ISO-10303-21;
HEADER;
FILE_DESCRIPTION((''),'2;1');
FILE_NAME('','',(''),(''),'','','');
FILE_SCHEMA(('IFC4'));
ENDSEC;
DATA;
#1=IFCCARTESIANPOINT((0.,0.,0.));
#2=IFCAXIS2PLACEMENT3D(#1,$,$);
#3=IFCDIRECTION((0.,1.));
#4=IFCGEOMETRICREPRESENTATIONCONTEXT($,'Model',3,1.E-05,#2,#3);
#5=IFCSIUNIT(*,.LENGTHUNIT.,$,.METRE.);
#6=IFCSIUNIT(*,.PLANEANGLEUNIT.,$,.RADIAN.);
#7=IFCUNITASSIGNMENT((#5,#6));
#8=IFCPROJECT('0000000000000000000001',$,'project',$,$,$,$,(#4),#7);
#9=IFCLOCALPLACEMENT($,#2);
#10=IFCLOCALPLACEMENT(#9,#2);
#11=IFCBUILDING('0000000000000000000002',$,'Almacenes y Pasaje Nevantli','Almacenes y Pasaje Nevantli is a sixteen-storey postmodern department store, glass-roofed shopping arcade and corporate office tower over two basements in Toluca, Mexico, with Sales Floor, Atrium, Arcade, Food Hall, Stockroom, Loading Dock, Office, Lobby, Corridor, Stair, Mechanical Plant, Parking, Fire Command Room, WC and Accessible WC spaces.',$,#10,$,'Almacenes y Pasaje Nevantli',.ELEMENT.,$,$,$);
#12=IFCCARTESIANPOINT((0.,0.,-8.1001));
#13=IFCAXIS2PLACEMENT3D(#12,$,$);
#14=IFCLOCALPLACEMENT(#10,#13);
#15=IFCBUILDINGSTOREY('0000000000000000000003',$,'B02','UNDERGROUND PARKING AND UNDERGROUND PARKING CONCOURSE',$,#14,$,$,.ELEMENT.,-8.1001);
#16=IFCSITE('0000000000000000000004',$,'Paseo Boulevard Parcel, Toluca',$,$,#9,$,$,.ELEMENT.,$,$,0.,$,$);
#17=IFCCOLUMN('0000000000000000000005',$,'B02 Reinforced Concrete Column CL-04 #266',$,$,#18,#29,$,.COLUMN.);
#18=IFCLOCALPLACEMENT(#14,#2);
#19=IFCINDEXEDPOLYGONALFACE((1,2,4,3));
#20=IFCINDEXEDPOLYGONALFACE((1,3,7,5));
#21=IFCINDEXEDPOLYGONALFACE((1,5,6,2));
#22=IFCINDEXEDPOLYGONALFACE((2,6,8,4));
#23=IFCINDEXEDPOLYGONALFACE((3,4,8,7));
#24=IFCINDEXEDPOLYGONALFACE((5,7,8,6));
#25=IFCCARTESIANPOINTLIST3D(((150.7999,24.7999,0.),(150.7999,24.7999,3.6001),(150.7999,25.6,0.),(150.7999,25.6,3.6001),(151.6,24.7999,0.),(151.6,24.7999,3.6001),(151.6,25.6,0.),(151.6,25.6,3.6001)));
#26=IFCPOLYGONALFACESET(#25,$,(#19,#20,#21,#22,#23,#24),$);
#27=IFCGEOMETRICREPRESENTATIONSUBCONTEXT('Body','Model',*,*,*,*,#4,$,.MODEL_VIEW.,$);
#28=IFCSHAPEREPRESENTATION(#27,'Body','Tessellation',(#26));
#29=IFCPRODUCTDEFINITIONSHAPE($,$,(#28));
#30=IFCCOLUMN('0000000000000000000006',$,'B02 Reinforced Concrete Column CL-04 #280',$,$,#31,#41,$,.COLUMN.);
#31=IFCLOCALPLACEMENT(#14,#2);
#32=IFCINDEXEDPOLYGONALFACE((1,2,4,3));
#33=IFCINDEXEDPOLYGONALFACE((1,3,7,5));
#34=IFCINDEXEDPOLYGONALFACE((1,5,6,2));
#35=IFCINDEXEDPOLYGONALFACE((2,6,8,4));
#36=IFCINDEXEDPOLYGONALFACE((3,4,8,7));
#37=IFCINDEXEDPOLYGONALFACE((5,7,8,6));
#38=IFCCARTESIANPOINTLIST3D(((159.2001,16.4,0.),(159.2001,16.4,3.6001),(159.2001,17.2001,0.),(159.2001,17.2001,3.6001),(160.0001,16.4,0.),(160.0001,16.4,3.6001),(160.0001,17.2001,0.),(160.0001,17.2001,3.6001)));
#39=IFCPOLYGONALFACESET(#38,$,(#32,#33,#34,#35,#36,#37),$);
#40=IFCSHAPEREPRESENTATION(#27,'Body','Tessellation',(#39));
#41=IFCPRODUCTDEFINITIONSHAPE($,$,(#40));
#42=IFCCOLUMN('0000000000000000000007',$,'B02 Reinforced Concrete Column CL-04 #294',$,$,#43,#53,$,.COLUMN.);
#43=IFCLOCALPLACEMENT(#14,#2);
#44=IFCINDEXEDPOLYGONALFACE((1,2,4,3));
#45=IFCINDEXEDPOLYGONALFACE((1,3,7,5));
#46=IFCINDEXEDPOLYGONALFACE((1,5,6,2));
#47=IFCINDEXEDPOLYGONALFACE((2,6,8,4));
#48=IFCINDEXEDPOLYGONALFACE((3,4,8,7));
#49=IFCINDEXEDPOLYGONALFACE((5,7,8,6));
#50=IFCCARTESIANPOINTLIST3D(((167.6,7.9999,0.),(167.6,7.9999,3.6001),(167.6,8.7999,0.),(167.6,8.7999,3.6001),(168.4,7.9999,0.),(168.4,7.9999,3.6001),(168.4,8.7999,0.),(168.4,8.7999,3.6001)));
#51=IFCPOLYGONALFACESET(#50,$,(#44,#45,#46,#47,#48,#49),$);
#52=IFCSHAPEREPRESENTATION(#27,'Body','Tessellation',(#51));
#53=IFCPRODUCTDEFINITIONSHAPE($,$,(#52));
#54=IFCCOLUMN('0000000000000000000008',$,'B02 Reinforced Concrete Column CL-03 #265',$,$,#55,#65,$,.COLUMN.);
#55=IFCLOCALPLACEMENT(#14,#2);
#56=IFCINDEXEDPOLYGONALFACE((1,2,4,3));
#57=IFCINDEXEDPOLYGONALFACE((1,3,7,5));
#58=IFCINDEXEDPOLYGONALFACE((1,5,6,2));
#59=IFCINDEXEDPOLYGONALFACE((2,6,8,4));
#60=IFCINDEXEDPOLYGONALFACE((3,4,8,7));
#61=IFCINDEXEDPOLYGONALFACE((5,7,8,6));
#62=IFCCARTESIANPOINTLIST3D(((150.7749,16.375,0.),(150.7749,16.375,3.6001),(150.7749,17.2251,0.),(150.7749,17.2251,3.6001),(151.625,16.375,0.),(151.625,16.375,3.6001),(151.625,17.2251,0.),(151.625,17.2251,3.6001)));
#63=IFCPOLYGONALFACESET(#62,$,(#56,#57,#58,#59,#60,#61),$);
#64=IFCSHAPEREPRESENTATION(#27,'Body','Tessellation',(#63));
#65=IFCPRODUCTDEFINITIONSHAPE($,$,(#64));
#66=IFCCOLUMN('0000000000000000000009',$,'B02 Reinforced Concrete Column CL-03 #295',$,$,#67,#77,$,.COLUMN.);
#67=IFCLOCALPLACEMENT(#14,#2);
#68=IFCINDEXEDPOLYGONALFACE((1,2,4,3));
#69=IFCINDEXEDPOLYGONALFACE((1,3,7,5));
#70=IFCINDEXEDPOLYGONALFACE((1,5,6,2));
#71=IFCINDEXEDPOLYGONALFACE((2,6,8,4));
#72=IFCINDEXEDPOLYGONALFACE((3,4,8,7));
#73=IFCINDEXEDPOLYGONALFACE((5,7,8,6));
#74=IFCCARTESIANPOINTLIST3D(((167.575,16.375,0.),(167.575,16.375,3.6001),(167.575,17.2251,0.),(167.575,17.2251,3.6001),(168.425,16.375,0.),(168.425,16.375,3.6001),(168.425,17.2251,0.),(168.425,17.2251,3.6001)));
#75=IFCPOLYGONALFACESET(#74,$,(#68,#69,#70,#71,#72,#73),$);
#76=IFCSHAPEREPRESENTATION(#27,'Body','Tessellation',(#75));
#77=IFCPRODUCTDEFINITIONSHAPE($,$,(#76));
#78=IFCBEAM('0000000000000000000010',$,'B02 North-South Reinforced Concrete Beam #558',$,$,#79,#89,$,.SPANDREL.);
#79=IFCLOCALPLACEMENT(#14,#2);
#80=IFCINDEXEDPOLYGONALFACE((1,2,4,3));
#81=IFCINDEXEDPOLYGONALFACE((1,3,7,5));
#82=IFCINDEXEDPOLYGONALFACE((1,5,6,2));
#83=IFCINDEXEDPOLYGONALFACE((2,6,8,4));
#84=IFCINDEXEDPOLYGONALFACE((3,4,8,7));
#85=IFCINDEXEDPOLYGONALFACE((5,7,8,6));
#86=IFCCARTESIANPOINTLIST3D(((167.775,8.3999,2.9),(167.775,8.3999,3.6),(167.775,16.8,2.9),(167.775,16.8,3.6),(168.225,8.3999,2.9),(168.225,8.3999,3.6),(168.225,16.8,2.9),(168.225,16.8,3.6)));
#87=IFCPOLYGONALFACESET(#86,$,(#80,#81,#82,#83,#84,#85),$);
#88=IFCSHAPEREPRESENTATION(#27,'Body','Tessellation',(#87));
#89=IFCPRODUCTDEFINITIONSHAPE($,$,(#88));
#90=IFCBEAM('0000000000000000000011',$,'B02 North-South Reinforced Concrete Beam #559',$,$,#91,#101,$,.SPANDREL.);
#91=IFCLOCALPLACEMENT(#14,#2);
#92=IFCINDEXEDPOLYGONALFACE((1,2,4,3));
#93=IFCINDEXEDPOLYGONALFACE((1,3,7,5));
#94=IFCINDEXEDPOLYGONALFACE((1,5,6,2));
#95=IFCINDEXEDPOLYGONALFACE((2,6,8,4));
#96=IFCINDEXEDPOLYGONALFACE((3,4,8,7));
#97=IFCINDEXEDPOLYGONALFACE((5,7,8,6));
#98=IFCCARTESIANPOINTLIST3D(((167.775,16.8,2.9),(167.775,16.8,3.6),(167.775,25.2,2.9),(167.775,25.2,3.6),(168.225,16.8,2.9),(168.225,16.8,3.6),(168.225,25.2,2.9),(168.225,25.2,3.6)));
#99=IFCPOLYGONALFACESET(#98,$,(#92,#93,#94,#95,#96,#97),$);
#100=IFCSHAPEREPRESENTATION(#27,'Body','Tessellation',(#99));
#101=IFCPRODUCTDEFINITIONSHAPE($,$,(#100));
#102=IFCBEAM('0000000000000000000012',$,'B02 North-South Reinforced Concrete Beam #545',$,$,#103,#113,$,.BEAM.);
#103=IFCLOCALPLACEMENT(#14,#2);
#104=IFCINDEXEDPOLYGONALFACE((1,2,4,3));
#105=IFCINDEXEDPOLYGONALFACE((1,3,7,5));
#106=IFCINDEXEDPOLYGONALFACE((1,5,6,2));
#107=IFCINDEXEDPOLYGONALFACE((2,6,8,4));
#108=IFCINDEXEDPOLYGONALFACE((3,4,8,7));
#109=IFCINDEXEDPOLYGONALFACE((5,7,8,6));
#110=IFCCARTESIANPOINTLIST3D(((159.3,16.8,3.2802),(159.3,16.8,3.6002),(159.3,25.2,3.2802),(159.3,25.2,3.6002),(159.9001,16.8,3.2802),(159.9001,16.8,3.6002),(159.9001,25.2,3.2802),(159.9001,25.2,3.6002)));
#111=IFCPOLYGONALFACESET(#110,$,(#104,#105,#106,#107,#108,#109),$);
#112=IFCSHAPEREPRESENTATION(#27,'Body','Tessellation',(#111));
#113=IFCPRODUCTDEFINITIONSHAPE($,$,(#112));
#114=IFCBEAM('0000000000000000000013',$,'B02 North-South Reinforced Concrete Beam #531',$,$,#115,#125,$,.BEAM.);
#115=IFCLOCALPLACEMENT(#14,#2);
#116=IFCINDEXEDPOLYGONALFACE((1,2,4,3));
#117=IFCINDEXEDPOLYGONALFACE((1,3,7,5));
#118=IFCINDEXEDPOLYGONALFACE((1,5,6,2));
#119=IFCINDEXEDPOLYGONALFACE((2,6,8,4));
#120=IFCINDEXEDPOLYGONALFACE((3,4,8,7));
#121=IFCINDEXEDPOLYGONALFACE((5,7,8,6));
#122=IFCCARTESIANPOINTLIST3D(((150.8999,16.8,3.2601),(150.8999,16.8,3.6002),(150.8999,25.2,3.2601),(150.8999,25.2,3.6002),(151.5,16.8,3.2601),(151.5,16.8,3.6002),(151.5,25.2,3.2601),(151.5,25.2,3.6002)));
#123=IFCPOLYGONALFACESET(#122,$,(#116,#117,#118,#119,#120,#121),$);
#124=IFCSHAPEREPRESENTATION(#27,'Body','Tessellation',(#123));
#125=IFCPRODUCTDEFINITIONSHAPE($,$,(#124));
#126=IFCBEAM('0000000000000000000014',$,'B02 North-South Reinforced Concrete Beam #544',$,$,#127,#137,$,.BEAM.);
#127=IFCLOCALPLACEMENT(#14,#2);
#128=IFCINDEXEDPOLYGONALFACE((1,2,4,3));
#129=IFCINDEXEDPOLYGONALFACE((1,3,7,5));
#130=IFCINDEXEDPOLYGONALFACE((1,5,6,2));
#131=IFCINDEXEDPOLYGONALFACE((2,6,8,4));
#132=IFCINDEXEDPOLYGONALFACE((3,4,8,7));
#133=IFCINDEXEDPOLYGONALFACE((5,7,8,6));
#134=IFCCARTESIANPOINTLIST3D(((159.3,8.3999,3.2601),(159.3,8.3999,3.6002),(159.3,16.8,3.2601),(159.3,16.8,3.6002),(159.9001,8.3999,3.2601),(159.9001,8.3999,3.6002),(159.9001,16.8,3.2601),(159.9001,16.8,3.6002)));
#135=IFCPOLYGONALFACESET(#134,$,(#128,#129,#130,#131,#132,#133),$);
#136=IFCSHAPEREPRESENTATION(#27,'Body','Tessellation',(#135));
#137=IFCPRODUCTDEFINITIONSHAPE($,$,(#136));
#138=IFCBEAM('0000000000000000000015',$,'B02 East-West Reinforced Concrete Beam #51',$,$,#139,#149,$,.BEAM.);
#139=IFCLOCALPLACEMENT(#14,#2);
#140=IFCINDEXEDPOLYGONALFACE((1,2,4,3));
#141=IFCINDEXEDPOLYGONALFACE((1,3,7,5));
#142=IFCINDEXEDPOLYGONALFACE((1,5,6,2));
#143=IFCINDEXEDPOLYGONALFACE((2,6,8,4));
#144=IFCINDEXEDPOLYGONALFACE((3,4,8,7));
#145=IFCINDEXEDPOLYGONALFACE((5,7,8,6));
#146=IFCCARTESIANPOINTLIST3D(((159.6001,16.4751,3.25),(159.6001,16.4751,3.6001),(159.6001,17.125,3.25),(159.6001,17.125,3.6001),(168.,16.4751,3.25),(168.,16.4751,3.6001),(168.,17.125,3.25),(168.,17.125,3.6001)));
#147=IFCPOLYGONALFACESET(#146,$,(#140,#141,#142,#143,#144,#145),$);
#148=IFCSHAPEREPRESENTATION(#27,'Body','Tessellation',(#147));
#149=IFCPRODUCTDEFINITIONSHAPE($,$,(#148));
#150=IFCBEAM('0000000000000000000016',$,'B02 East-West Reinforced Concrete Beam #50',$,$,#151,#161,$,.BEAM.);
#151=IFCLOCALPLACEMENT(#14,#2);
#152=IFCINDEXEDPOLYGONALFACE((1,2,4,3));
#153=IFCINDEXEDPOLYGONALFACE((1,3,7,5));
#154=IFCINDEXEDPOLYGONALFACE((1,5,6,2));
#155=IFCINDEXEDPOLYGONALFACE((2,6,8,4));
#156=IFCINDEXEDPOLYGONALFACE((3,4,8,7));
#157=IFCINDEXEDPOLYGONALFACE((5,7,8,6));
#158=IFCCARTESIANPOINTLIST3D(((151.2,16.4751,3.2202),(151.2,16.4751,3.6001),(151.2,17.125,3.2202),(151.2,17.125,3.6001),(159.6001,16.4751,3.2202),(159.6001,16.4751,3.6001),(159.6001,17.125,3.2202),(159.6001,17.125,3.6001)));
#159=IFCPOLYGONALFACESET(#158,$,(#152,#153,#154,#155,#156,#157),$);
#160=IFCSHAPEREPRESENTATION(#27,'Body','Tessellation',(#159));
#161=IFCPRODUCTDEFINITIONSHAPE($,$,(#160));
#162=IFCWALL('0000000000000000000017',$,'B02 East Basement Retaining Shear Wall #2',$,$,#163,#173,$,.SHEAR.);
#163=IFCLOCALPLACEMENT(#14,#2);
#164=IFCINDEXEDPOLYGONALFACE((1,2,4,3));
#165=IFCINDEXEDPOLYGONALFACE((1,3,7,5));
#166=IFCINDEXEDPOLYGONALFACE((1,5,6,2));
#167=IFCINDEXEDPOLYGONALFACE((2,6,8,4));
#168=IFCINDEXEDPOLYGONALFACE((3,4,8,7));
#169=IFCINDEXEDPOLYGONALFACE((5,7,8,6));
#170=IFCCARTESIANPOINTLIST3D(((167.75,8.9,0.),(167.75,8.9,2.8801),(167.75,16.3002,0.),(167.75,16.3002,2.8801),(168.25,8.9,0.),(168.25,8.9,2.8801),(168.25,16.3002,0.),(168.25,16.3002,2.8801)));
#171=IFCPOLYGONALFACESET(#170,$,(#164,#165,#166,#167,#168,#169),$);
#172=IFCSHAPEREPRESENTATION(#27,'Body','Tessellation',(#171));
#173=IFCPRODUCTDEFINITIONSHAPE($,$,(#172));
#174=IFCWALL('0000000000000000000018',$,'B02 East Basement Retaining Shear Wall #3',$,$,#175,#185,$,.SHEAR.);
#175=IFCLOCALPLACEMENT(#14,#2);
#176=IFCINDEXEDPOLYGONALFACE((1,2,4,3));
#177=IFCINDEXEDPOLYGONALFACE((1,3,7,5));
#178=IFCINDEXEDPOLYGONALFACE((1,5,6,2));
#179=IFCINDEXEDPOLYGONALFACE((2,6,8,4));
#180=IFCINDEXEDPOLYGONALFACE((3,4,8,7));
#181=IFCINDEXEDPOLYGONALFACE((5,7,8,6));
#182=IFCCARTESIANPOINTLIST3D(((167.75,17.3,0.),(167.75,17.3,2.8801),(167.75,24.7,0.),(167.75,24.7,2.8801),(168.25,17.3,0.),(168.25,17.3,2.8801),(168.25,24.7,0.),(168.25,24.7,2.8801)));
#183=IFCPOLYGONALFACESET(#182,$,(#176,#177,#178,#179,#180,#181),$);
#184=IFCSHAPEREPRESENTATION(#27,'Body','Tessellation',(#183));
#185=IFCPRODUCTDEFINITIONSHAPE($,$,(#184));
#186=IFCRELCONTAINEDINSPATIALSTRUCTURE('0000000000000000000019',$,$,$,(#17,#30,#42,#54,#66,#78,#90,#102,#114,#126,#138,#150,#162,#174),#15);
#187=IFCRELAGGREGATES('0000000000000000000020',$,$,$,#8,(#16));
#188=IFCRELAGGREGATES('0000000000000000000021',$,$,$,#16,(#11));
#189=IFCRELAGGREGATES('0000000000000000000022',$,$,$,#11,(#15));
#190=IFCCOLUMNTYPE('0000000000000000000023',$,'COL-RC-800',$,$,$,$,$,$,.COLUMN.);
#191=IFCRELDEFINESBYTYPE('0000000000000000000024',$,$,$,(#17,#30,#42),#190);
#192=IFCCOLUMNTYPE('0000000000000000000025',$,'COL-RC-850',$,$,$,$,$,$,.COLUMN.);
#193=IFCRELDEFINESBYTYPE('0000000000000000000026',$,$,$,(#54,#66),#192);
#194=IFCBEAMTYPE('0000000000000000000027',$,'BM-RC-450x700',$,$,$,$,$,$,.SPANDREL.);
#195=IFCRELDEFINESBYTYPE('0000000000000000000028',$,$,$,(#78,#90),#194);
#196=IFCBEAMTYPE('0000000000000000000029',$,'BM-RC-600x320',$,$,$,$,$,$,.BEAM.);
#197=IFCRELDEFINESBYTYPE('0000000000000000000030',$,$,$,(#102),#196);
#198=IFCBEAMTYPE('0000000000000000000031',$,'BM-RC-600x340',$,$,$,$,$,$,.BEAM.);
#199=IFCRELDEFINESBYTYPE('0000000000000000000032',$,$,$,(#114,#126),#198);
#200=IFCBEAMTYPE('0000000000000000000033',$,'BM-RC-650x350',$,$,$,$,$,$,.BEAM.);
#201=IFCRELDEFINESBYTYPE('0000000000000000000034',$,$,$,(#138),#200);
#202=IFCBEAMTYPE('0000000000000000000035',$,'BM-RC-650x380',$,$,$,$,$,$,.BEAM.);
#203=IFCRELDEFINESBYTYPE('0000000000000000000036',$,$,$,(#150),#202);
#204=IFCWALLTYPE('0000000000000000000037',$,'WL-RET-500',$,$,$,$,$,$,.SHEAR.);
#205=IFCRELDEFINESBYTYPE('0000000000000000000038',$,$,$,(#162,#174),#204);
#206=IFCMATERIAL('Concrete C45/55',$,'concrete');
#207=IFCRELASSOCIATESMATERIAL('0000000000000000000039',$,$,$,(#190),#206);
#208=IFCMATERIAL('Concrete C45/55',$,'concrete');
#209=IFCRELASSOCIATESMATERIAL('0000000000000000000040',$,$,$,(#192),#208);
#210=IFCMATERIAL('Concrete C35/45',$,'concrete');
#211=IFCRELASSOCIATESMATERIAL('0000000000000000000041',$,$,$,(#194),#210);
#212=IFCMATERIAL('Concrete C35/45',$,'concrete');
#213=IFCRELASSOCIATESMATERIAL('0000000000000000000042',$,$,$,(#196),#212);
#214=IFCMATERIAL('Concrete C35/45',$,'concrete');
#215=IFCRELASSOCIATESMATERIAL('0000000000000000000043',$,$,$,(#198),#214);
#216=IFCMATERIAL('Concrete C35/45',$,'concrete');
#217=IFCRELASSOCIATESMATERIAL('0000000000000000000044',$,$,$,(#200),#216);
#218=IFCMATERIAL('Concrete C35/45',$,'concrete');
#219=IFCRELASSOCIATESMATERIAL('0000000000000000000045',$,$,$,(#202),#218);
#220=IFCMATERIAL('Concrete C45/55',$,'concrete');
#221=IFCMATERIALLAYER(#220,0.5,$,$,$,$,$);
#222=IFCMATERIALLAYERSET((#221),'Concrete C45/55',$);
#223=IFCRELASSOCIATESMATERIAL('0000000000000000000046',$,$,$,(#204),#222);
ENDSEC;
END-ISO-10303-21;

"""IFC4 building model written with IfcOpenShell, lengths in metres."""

from ifc_helpers import new_model, si_unit, direction, frame, frame_2d, origin, origin_2d, place, context, subcontext, project, spatial, rectangle, extrude, material, layer, layer_set, material_profile, profile_set, type_object, element, save


model = new_model("IFC4")

# Units and contexts
model_context = context("Model", 3, precision=1e-05, world=origin(), true_north=direction((0.0, 1.0)))
body_context = subcontext(model_context, "Body", "Model", "MODEL_VIEW")
ifc_project = project(units=[si_unit("LENGTHUNIT", "METRE"), si_unit("PLANEANGLEUNIT", "RADIAN")], contexts=[model_context])

# Site, building, storey
site_placement = place(None, origin())
site = spatial("IfcSite", under=ifc_project, at=site_placement, Name="Paseo Boulevard Parcel, Toluca", CompositionType="ELEMENT", RefElevation=0.0)
building_placement = place(site_placement, origin())
building = spatial("IfcBuilding", under=site, at=building_placement, Name="Almacenes y Pasaje Nevantli", Description="Almacenes y Pasaje Nevantli is a sixteen-storey postmodern department store, glass-roofed shopping arcade and corporate office tower over two basements in Toluca, Mexico, with Sales Floor, Atrium, Arcade, Food Hall, Stockroom, Loading Dock, Office, Lobby, Corridor, Stair, Mechanical Plant, Parking, Fire Command Room, WC and Accessible WC spaces.", LongName="Almacenes y Pasaje Nevantli", CompositionType="ELEMENT")
storey_placement = place(building_placement, frame((0.0, 0.0, -8.1001)))
storey = spatial("IfcBuildingStorey", under=building, at=storey_placement, Name="B02", Description="UNDERGROUND PARKING AND UNDERGROUND PARKING CONCOURSE", CompositionType="ELEMENT", Elevation=-8.1001)

# Columns
ifc_material_1 = material(Name="Concrete C45/55", Category="concrete")
ifc_material_profile_1 = material_profile(ifc_material_1, rectangle(XDim=0.8, YDim=0.8, at=origin_2d()), Name="RC-COL-800x800")
ifc_profile_set_1 = profile_set([ifc_material_profile_1], Name="Concrete C45/55")
column_type_1 = type_object("IfcColumnType", Name="COL-RC-800", PredefinedType="COLUMN", material=ifc_profile_set_1)
for number, where, z_axis, x_axis, name in (
    (1, (151.2, 25.2, 0.0), (0.0, 0.0, 1.0), (1.0, 0.0, 0.0), "B02 Reinforced Concrete Column CL-04 #266"),
    (2, (159.6001, 16.8, 0.0), (0.0, 0.0, 1.0), (1.0, 0.0, 0.0), "B02 Reinforced Concrete Column CL-04 #280"),
    (3, (168.0, 8.3999, 0.0), (0.0, 0.0, 1.0), (1.0, 0.0, 0.0), "B02 Reinforced Concrete Column CL-04 #294"),
):
    element("IfcColumn", number, at=place(storey_placement, frame(where, z_axis=z_axis, x_axis=x_axis)), inside=storey, type_object=column_type_1, Name=name, PredefinedType="COLUMN", context=body_context, shape_type="SweptSolid", body=[
        extrude(rectangle(XDim=0.8, YDim=0.8, at=origin_2d()), origin(), (0.0, 0.0, 1.0), 3.6001),
    ])
ifc_material_2 = material(Name="Concrete C45/55", Category="concrete")
ifc_material_profile_2 = material_profile(ifc_material_2, rectangle(XDim=0.8501, YDim=0.8501, at=origin_2d()), Name="RC-COL-850x850")
ifc_profile_set_2 = profile_set([ifc_material_profile_2], Name="Concrete C45/55")
column_type_2 = type_object("IfcColumnType", Name="COL-RC-850", PredefinedType="COLUMN", material=ifc_profile_set_2)
for number, where, z_axis, x_axis, name in (
    (4, (151.2, 16.8, 0.0), (0.0, 0.0, 1.0), (1.0, 0.0, 0.0), "B02 Reinforced Concrete Column CL-03 #265"),
    (5, (168.0, 16.8, 0.0), (0.0, 0.0, 1.0), (1.0, 0.0, 0.0), "B02 Reinforced Concrete Column CL-03 #295"),
):
    element("IfcColumn", number, at=place(storey_placement, frame(where, z_axis=z_axis, x_axis=x_axis)), inside=storey, type_object=column_type_2, Name=name, PredefinedType="COLUMN", context=body_context, shape_type="SweptSolid", body=[
        extrude(rectangle(XDim=0.8501, YDim=0.8501, at=origin_2d()), origin(), (0.0, 0.0, 1.0), 3.6001),
    ])

# Beams
ifc_material_3 = material(Name="Concrete C35/45", Category="concrete")
ifc_material_profile_3 = material_profile(ifc_material_3, rectangle(XDim=0.45, YDim=0.7, at=origin_2d()), Name="RC-BM-450x700")
ifc_profile_set_3 = profile_set([ifc_material_profile_3], Name="Concrete C35/45")
beam_type_1 = type_object("IfcBeamType", Name="BM-RC-450x700", PredefinedType="SPANDREL", material=ifc_profile_set_3)
beam_1_placement = place(storey_placement, frame((168.0, 8.3999, 3.25), z_axis=(0.0, 1.0, 0.0), x_axis=(-1.0, 0.0, 0.0)))
element("IfcBeam", 6, at=beam_1_placement, inside=storey, type_object=beam_type_1, Name="B02 North-South Reinforced Concrete Beam #558", PredefinedType="SPANDREL", context=body_context, shape_type="SweptSolid", body=[
    extrude(rectangle(XDim=0.45, YDim=0.7, at=origin_2d()), origin(), (0.0, 0.0, 1.0), 8.4001),
])
beam_2_placement = place(storey_placement, frame((168.0, 16.8, 3.25), z_axis=(0.0, 1.0, 0.0), x_axis=(-1.0, 0.0, 0.0)))
element("IfcBeam", 7, at=beam_2_placement, inside=storey, type_object=beam_type_1, Name="B02 North-South Reinforced Concrete Beam #559", PredefinedType="SPANDREL", context=body_context, shape_type="SweptSolid", body=[
    extrude(rectangle(XDim=0.45, YDim=0.7, at=origin_2d()), origin(), (0.0, 0.0, 1.0), 8.3999),
])
ifc_material_4 = material(Name="Concrete C35/45", Category="concrete")
ifc_material_profile_4 = material_profile(ifc_material_4, rectangle(XDim=0.6001, YDim=0.3201, at=origin_2d()), Name="RC-BM-600x320")
ifc_profile_set_4 = profile_set([ifc_material_profile_4], Name="Concrete C35/45")
beam_type_2 = type_object("IfcBeamType", Name="BM-RC-600x320", PredefinedType="BEAM", material=ifc_profile_set_4)
beam_3_placement = place(storey_placement, frame((159.6001, 16.8, 3.4402), z_axis=(0.0, 1.0, 0.0), x_axis=(-1.0, 0.0, 0.0)))
element("IfcBeam", 8, at=beam_3_placement, inside=storey, type_object=beam_type_2, Name="B02 North-South Reinforced Concrete Beam #545", PredefinedType="BEAM", context=body_context, shape_type="SweptSolid", body=[
    extrude(rectangle(XDim=0.6001, YDim=0.3201, at=origin_2d()), origin(), (0.0, 0.0, 1.0), 8.3999),
])
ifc_material_5 = material(Name="Concrete C35/45", Category="concrete")
ifc_material_profile_5 = material_profile(ifc_material_5, rectangle(XDim=0.6001, YDim=0.3401, at=origin_2d()), Name="RC-BM-600x340")
ifc_profile_set_5 = profile_set([ifc_material_profile_5], Name="Concrete C35/45")
beam_type_3 = type_object("IfcBeamType", Name="BM-RC-600x340", PredefinedType="BEAM", material=ifc_profile_set_5)
beam_4_placement = place(storey_placement, frame((151.2, 16.8, 3.4302), z_axis=(0.0, 1.0, 0.0), x_axis=(-1.0, 0.0, 0.0)))
element("IfcBeam", 9, at=beam_4_placement, inside=storey, type_object=beam_type_3, Name="B02 North-South Reinforced Concrete Beam #531", PredefinedType="BEAM", context=body_context, shape_type="SweptSolid", body=[
    extrude(rectangle(XDim=0.6001, YDim=0.3401, at=origin_2d()), origin(), (0.0, 0.0, 1.0), 8.3999),
])
beam_5_placement = place(storey_placement, frame((159.6001, 8.3999, 3.4302), z_axis=(0.0, 1.0, 0.0), x_axis=(-1.0, 0.0, 0.0)))
element("IfcBeam", 10, at=beam_5_placement, inside=storey, type_object=beam_type_3, Name="B02 North-South Reinforced Concrete Beam #544", PredefinedType="BEAM", context=body_context, shape_type="SweptSolid", body=[
    extrude(rectangle(XDim=0.6001, YDim=0.3401, at=origin_2d()), origin(), (0.0, 0.0, 1.0), 8.4001),
])
ifc_material_6 = material(Name="Concrete C35/45", Category="concrete")
ifc_material_profile_6 = material_profile(ifc_material_6, rectangle(XDim=0.6499, YDim=0.3501, at=origin_2d()), Name="RC-BM-650x350")
ifc_profile_set_6 = profile_set([ifc_material_profile_6], Name="Concrete C35/45")
beam_type_4 = type_object("IfcBeamType", Name="BM-RC-650x350", PredefinedType="BEAM", material=ifc_profile_set_6)
beam_6_placement = place(storey_placement, frame((159.6001, 16.8, 3.425), z_axis=(1.0, 0.0, 0.0), x_axis=(0.0, 1.0, 0.0)))
element("IfcBeam", 11, at=beam_6_placement, inside=storey, type_object=beam_type_4, Name="B02 East-West Reinforced Concrete Beam #51", PredefinedType="BEAM", context=body_context, shape_type="SweptSolid", body=[
    extrude(rectangle(XDim=0.6499, YDim=0.3501, at=origin_2d()), origin(), (0.0, 0.0, 1.0), 8.3999),
])
ifc_material_7 = material(Name="Concrete C35/45", Category="concrete")
ifc_material_profile_7 = material_profile(ifc_material_7, rectangle(XDim=0.6499, YDim=0.3799, at=origin_2d()), Name="RC-BM-650x380")
ifc_profile_set_7 = profile_set([ifc_material_profile_7], Name="Concrete C35/45")
beam_type_5 = type_object("IfcBeamType", Name="BM-RC-650x380", PredefinedType="BEAM", material=ifc_profile_set_7)
beam_7_placement = place(storey_placement, frame((151.2, 16.8, 3.4102), z_axis=(1.0, 0.0, 0.0), x_axis=(0.0, 1.0, 0.0)))
element("IfcBeam", 12, at=beam_7_placement, inside=storey, type_object=beam_type_5, Name="B02 East-West Reinforced Concrete Beam #50", PredefinedType="BEAM", context=body_context, shape_type="SweptSolid", body=[
    extrude(rectangle(XDim=0.6499, YDim=0.3799, at=origin_2d()), origin(), (0.0, 0.0, 1.0), 8.4001),
])

# Walls
ifc_material_8 = material(Name="Concrete C45/55", Category="concrete")
ifc_layer_1 = layer(ifc_material_8, 0.5)
ifc_layer_set_1 = layer_set([ifc_layer_1], Name="Concrete C45/55")
wall_type = type_object("IfcWallType", Name="WL-RET-500", PredefinedType="SHEAR", material=ifc_layer_set_1)
wall_1_placement = place(storey_placement, frame((168.0, 8.8999, 0.0), z_axis=(0.0, 0.0, 1.0), x_axis=(0.0, 1.0, 0.0)))
element("IfcWall", 13, at=wall_1_placement, inside=storey, type_object=wall_type, Name="B02 East Basement Retaining Shear Wall #2", PredefinedType="SHEAR", context=body_context, shape_type="SweptSolid", body=[
    extrude(rectangle(XDim=7.4001, YDim=0.5, at=frame_2d((3.7002, 0.0))), origin(), (0.0, 0.0, 1.0), 2.8801),
])
wall_2_placement = place(storey_placement, frame((168.0, 17.3, 0.0), z_axis=(0.0, 0.0, 1.0), x_axis=(0.0, 1.0, 0.0)))
element("IfcWall", 14, at=wall_2_placement, inside=storey, type_object=wall_type, Name="B02 East Basement Retaining Shear Wall #3", PredefinedType="SHEAR", context=body_context, shape_type="SweptSolid", body=[
    extrude(rectangle(XDim=7.3999, YDim=0.5, at=frame_2d((3.7, 0.0))), origin(), (0.0, 0.0, 1.0), 2.8801),
])

save(model, "model.ifc")
